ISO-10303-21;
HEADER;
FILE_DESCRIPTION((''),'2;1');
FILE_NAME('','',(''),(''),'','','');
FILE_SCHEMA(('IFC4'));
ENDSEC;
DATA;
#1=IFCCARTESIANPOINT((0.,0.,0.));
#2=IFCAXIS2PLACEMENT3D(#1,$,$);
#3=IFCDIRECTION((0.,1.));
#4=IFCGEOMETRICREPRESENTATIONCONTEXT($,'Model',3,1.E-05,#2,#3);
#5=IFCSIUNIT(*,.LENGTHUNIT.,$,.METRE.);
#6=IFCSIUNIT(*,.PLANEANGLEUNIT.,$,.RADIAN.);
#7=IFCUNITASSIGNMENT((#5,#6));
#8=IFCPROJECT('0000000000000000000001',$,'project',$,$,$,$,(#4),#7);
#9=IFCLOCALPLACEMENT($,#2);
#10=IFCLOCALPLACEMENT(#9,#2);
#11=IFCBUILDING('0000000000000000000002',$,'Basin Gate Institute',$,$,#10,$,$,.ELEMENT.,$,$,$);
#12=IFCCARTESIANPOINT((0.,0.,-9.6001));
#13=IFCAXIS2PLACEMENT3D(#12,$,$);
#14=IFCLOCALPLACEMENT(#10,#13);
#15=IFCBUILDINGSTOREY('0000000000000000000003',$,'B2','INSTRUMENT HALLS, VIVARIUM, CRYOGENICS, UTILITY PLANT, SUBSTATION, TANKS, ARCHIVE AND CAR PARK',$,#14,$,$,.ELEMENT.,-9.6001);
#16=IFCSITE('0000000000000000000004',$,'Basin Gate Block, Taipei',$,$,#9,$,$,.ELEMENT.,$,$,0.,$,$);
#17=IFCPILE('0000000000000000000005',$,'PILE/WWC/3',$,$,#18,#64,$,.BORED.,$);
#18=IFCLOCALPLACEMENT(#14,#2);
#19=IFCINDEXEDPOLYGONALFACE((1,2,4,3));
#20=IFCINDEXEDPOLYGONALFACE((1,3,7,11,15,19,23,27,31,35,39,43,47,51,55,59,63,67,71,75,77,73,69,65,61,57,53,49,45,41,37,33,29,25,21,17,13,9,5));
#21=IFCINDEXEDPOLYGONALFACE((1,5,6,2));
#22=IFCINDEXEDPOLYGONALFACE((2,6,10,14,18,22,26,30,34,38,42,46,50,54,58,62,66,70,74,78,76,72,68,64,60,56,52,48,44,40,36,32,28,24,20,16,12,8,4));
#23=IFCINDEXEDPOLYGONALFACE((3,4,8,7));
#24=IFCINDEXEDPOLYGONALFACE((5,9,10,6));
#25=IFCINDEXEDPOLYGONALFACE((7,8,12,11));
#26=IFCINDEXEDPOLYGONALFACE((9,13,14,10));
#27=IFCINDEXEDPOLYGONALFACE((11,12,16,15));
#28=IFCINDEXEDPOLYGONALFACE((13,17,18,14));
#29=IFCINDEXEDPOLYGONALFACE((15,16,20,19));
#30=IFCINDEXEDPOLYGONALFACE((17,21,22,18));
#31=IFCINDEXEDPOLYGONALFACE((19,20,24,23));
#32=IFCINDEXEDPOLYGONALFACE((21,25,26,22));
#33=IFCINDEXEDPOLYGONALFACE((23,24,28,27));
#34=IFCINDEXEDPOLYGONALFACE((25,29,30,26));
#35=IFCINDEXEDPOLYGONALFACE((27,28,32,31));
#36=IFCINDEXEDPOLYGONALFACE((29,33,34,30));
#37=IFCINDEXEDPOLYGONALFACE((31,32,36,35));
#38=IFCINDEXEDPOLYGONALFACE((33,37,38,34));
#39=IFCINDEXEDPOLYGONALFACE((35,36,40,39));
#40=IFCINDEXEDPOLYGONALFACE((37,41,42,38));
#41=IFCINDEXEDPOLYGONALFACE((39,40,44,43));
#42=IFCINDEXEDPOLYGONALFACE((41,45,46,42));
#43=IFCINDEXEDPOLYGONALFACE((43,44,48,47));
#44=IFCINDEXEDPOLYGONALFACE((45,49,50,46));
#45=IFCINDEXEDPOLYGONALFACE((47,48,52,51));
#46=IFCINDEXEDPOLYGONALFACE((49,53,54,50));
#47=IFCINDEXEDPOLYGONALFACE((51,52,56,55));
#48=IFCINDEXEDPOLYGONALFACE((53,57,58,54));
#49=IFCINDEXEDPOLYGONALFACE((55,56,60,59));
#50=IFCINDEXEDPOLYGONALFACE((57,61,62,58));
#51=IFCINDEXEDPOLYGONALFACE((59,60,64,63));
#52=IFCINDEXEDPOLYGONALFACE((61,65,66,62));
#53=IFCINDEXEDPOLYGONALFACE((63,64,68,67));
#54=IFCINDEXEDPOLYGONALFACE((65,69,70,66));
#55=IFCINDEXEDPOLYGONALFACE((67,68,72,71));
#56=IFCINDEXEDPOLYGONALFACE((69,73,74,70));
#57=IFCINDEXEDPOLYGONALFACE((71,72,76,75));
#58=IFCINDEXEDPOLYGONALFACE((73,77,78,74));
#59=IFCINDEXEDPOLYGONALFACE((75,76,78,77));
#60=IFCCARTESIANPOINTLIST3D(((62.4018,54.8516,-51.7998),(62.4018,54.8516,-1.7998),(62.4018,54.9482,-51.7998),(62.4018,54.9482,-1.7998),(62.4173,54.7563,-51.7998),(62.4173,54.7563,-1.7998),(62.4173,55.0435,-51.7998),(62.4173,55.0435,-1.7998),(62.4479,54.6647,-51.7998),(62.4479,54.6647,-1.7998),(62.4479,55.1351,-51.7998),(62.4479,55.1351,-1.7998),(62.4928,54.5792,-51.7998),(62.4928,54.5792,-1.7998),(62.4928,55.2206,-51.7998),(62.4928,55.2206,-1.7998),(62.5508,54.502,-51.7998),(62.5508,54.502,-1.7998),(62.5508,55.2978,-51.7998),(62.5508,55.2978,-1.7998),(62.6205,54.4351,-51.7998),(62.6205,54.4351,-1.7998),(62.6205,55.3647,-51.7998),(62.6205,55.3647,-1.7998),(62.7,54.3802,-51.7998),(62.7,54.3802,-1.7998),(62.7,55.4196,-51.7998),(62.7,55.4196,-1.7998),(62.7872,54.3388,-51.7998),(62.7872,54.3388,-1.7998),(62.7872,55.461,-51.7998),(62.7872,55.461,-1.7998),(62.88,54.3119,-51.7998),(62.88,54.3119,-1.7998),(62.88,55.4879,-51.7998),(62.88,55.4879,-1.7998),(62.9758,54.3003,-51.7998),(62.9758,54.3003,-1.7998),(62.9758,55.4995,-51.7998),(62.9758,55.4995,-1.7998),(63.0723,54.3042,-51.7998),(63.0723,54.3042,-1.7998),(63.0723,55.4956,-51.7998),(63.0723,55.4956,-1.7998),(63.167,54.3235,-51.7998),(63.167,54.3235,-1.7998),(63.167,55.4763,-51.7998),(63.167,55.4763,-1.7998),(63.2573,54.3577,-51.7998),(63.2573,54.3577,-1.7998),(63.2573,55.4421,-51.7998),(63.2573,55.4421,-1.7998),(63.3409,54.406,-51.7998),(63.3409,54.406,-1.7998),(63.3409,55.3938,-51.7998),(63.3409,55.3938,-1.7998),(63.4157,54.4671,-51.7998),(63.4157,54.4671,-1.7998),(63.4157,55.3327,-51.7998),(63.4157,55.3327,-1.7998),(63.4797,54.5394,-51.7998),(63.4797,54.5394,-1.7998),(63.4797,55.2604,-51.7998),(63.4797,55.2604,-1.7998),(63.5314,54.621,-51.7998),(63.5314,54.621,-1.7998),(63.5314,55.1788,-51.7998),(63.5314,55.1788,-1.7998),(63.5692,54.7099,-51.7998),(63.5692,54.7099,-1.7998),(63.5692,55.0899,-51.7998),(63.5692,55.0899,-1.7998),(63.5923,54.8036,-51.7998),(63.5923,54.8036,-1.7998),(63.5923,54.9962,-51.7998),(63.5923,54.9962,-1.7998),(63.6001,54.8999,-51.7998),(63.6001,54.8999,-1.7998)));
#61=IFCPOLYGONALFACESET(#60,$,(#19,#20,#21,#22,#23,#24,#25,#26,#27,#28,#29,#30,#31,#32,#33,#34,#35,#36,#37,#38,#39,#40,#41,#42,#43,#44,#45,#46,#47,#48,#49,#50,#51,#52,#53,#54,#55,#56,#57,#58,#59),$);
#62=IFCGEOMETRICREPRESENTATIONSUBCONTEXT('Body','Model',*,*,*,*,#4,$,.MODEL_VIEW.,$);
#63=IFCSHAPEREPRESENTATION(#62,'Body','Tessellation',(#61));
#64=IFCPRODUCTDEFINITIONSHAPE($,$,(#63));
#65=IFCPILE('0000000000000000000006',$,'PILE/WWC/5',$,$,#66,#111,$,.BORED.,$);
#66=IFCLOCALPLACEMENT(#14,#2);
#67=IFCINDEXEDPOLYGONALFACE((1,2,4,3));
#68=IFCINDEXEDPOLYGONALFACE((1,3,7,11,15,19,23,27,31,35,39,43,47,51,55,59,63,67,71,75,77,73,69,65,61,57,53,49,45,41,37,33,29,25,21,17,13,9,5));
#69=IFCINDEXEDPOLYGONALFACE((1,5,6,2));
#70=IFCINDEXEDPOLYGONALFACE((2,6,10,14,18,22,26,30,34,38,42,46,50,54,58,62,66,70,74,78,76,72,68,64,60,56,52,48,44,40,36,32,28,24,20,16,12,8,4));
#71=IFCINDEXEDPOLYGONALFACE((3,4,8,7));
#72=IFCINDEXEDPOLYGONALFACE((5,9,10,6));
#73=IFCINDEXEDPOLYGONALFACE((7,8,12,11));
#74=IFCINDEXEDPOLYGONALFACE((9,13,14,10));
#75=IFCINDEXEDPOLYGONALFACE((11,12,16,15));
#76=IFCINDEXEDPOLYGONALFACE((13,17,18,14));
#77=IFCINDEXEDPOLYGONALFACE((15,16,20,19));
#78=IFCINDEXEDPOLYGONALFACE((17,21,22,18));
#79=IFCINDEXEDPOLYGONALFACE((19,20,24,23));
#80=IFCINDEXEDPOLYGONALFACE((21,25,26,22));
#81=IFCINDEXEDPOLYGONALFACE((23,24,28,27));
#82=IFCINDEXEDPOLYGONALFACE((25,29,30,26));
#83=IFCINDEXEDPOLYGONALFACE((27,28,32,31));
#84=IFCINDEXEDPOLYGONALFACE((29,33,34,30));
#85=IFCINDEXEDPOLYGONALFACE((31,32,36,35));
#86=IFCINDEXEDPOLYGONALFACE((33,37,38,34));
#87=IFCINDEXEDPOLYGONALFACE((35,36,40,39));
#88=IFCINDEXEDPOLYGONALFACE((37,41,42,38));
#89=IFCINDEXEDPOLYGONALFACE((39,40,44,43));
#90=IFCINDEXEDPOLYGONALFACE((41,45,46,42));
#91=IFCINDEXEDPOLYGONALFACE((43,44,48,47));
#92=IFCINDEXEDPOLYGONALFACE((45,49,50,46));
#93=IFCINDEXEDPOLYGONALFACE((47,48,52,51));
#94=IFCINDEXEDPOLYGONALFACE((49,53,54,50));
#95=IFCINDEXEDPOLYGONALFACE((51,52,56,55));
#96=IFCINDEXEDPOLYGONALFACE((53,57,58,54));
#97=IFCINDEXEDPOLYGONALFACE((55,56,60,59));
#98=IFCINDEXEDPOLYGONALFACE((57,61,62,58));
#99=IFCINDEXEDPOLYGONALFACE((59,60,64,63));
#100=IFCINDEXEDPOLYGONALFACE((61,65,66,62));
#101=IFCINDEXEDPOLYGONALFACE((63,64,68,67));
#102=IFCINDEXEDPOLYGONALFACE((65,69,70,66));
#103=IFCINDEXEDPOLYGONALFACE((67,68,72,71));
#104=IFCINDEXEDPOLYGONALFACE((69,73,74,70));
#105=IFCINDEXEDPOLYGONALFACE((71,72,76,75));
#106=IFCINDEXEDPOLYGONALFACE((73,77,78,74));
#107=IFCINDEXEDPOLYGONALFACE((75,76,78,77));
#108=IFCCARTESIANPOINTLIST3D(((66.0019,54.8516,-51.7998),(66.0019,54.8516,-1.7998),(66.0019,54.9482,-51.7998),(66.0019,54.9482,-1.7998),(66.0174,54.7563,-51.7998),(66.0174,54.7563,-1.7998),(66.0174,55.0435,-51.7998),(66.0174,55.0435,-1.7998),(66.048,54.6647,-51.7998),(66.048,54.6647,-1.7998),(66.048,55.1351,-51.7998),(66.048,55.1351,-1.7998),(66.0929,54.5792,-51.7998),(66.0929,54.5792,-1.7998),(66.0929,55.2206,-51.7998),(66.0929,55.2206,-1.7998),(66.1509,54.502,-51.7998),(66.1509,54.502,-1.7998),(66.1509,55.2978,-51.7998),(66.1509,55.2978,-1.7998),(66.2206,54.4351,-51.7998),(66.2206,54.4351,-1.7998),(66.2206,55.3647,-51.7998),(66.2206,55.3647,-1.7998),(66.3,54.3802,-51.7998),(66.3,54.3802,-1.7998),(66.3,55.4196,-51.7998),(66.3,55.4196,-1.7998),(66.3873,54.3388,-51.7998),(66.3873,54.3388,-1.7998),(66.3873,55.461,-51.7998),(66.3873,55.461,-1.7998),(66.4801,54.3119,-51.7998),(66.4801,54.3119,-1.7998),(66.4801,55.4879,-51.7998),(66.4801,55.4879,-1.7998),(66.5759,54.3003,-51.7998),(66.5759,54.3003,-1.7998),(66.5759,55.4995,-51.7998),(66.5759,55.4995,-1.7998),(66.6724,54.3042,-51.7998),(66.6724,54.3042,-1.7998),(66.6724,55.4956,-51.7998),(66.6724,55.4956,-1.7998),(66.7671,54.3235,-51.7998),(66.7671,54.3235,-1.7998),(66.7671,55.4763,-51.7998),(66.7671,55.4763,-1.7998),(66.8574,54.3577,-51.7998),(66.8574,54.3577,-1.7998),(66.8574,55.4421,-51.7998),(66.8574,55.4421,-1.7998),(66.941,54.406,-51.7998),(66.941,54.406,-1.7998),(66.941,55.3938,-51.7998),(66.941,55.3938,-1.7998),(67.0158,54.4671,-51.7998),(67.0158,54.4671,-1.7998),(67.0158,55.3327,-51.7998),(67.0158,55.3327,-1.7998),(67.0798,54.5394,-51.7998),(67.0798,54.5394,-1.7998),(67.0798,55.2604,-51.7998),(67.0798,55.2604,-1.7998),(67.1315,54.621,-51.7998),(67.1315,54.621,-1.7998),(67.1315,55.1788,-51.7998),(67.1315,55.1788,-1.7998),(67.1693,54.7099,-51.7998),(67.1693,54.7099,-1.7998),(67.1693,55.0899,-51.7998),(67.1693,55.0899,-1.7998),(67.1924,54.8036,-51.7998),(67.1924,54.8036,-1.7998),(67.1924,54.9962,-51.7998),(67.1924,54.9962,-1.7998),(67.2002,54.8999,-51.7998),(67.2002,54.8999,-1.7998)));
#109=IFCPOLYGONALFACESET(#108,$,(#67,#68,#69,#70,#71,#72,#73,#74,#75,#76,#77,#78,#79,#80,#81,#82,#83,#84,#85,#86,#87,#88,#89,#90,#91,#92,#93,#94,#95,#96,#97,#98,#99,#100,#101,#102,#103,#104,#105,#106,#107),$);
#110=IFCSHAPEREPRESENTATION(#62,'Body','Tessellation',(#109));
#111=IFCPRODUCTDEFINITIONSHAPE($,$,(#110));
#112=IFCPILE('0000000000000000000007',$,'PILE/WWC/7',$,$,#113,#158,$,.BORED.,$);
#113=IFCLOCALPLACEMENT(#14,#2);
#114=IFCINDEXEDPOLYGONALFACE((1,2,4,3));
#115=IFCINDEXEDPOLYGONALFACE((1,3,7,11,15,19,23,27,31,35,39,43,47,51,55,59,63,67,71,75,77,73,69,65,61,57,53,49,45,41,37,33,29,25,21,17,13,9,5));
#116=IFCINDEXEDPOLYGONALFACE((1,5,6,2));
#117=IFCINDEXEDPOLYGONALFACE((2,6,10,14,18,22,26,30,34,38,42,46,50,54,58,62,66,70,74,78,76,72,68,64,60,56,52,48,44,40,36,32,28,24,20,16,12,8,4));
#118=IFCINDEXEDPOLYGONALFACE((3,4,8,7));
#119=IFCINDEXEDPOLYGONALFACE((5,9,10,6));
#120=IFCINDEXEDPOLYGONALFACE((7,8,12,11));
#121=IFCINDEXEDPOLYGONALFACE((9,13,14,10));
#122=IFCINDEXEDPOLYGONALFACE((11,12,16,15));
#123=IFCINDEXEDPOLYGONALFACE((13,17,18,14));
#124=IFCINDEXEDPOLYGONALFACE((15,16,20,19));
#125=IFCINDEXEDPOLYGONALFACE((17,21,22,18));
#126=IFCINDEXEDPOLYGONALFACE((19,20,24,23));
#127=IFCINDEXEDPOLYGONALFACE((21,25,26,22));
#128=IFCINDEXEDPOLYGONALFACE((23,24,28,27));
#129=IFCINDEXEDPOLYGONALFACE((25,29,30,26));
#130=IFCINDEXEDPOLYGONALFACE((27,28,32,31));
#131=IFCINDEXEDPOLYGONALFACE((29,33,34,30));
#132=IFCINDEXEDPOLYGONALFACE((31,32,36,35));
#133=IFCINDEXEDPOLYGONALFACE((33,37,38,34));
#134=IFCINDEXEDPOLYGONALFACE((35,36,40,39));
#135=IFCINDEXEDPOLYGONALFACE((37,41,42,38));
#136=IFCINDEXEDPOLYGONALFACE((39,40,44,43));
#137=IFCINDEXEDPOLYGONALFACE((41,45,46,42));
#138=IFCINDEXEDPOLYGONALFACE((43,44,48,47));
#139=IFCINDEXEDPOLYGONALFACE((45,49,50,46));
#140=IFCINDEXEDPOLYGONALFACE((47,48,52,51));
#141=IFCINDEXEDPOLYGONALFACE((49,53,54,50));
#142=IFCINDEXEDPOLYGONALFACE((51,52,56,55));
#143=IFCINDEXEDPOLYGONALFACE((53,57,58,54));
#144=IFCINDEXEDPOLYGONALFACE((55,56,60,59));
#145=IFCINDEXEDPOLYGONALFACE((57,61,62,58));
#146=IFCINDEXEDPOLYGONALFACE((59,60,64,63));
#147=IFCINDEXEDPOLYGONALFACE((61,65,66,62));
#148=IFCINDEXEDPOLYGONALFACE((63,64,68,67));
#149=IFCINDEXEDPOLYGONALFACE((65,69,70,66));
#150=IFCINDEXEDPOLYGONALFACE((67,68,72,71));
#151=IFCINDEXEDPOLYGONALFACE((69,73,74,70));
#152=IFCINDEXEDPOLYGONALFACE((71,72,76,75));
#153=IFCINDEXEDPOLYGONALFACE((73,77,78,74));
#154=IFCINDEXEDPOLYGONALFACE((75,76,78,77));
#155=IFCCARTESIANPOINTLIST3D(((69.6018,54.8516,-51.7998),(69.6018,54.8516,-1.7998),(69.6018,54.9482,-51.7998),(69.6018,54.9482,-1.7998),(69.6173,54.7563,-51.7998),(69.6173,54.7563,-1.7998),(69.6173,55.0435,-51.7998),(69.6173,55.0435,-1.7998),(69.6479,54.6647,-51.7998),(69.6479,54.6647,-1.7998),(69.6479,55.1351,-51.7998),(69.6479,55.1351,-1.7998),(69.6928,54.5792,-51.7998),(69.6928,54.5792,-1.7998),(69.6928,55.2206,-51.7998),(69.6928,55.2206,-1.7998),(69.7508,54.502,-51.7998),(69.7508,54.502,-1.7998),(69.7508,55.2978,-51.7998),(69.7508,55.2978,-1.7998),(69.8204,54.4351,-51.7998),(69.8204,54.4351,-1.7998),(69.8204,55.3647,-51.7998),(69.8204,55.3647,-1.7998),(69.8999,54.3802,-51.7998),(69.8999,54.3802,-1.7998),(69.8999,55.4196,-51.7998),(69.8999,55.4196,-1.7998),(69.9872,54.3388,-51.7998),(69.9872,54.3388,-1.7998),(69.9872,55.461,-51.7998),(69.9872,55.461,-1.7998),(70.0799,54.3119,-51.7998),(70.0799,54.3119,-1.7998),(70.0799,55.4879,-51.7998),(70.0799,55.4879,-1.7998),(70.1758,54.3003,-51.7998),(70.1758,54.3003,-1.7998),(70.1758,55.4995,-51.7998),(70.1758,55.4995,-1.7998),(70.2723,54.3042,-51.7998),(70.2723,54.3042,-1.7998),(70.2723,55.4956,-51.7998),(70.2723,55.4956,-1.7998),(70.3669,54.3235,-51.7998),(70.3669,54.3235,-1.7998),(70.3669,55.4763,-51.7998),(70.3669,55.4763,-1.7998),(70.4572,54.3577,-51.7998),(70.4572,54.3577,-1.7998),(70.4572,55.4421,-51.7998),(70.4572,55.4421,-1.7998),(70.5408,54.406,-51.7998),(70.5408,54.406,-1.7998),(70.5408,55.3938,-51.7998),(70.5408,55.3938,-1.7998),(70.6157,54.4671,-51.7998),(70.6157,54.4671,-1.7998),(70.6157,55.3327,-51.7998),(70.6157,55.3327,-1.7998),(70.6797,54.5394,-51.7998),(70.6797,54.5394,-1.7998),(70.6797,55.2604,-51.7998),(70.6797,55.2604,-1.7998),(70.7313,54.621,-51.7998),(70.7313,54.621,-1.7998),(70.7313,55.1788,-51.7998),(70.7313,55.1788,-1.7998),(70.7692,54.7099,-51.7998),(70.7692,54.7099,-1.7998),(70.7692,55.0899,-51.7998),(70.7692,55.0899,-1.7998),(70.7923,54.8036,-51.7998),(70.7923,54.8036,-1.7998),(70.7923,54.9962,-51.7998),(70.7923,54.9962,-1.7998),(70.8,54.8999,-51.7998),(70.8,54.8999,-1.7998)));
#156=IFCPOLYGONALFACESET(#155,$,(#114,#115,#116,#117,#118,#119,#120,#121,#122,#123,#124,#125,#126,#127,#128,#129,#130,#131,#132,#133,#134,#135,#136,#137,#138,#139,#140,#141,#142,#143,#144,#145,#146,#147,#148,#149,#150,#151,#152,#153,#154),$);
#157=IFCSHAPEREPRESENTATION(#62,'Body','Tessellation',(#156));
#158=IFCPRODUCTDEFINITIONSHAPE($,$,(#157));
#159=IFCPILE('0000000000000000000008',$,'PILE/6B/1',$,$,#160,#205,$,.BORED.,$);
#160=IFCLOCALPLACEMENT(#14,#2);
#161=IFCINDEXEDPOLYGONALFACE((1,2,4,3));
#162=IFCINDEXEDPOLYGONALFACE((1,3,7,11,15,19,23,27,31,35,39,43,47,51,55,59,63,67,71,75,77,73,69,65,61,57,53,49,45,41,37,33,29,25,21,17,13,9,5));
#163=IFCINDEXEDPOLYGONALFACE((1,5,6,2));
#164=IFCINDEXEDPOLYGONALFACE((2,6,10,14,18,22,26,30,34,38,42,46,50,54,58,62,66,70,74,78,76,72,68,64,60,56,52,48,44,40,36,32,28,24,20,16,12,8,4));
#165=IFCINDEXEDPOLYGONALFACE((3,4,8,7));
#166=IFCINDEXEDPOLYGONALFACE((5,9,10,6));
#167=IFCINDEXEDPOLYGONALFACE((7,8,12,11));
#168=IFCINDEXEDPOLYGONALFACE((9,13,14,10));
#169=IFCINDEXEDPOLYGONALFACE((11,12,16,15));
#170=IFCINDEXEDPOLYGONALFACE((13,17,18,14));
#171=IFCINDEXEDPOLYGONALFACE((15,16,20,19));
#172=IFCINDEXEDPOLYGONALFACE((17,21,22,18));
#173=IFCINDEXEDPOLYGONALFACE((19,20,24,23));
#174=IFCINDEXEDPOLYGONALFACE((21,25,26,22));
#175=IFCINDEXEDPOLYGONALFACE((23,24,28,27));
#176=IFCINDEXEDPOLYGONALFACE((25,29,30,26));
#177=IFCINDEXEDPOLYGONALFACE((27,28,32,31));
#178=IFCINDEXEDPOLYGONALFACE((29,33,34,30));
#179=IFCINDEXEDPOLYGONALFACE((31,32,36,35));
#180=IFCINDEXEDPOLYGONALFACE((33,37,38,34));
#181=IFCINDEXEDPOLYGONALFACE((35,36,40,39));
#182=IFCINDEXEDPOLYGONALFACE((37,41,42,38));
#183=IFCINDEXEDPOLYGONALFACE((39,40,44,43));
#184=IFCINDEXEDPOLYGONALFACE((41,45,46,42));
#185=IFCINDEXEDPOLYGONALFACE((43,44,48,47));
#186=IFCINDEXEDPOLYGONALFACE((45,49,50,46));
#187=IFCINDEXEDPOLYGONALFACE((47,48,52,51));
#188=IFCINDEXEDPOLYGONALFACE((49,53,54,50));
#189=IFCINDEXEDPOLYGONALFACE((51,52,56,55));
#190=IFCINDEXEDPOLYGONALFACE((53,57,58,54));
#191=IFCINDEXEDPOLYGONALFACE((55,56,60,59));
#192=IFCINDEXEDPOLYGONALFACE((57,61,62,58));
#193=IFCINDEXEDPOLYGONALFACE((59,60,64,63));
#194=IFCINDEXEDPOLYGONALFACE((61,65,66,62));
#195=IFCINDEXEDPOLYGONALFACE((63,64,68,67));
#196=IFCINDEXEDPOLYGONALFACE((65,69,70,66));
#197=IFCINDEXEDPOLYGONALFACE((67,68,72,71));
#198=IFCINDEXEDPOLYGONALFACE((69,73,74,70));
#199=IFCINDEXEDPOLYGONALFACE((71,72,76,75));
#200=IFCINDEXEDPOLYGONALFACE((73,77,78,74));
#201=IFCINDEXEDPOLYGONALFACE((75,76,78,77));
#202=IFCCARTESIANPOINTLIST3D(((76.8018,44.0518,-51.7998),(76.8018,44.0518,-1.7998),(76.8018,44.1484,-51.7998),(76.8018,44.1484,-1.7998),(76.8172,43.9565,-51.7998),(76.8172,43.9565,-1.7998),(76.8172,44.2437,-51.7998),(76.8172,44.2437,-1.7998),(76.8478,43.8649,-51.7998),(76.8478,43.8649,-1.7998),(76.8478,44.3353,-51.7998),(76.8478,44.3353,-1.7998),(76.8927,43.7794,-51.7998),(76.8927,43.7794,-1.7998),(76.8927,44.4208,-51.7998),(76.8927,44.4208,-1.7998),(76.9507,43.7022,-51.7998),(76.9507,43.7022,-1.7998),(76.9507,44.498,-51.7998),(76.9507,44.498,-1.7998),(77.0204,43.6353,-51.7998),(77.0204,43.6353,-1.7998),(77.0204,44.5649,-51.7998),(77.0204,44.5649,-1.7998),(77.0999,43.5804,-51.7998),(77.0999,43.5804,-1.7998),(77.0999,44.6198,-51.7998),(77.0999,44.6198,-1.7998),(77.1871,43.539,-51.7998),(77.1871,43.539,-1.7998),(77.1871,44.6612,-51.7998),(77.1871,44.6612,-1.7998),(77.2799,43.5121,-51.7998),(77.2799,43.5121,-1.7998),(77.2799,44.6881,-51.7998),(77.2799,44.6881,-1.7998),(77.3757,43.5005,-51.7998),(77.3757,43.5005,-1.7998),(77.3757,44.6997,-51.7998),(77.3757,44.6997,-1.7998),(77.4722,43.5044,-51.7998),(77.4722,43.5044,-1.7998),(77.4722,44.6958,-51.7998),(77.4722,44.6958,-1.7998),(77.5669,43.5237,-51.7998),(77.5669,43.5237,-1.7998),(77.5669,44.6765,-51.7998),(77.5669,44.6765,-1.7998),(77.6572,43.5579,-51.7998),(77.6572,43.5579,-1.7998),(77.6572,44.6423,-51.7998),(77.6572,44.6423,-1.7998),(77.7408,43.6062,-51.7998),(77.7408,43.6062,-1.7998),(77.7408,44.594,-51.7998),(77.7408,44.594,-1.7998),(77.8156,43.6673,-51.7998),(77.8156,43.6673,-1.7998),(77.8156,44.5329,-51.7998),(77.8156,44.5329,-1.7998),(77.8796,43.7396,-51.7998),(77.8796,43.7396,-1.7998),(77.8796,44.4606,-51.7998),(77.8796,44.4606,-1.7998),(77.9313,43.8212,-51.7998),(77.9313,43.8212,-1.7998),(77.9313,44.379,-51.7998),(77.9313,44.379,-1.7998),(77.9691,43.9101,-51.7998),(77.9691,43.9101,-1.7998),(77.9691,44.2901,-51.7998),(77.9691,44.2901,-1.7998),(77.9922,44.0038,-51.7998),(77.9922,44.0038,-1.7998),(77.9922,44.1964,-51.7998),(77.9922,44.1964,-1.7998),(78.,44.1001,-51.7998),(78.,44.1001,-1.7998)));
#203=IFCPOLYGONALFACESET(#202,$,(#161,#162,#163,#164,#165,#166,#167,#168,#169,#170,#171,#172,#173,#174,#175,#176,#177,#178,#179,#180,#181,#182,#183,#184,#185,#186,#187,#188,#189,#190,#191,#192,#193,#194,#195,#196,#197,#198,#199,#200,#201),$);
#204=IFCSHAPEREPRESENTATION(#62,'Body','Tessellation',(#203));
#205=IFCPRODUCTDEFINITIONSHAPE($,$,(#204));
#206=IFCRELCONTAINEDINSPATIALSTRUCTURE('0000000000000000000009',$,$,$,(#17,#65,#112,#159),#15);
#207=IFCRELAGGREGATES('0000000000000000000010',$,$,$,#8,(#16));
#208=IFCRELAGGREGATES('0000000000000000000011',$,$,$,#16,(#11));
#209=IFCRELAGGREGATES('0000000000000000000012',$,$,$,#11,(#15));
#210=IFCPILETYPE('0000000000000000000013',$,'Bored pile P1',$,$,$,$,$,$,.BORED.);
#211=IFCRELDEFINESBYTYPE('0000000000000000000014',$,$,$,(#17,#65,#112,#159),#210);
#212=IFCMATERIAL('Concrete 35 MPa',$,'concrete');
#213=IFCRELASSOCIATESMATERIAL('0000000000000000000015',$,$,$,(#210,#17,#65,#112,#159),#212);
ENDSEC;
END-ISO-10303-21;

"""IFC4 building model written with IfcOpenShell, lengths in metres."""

from ifc_helpers import new_model, si_unit, direction, frame, origin, origin_2d, place, context, subcontext, project, spatial, circle, extrude, material, material_profile, profile_set, type_object, element, save


model = new_model("IFC4")

# Units and contexts
model_context = context("Model", 3, precision=1e-05, world=origin(), true_north=direction((0.0, 1.0)))
body_context = subcontext(model_context, "Body", "Model", "MODEL_VIEW")
ifc_project = project(units=[si_unit("LENGTHUNIT", "METRE"), si_unit("PLANEANGLEUNIT", "RADIAN")], contexts=[model_context])

# Site, building, storey
site_placement = place(None, origin())
site = spatial("IfcSite", under=ifc_project, at=site_placement, Name="Basin Gate Block, Taipei", CompositionType="ELEMENT", RefElevation=0.0)
building_placement = place(site_placement, origin())
building = spatial("IfcBuilding", under=site, at=building_placement, Name="Basin Gate Institute", CompositionType="ELEMENT")
storey_placement = place(building_placement, frame((0.0, 0.0, -9.6001)))
storey = spatial("IfcBuildingStorey", under=building, at=storey_placement, Name="B2", Description="INSTRUMENT HALLS, VIVARIUM, CRYOGENICS, UTILITY PLANT, SUBSTATION, TANKS, ARCHIVE AND CAR PARK", CompositionType="ELEMENT", Elevation=-9.6001)

# Piles
ifc_material_1 = material(Name="Concrete 35 MPa", Category="concrete")
ifc_material_profile_1 = material_profile(ifc_material_1, circle(Radius=0.6001, at=origin_2d()), Name="Bored pile P1 1200 dia")
ifc_profile_set_1 = profile_set([ifc_material_profile_1], Name="Concrete 35 MPa")
pile_type = type_object("IfcPileType", Name="Bored pile P1", PredefinedType="BORED", material=ifc_profile_set_1)
for number, where, z_axis, x_axis, name in (
    (1, (63.0, 54.8999, -1.7998), (0.0, 0.0, -1.0), (1.0, 0.0, 0.0), "PILE/WWC/3"),
    (2, (66.6001, 54.8999, -1.7998), (0.0, 0.0, -1.0), (1.0, 0.0, 0.0), "PILE/WWC/5"),
    (3, (70.2, 54.8999, -1.7998), (0.0, 0.0, -1.0), (1.0, 0.0, 0.0), "PILE/WWC/7"),
    (4, (77.3999, 44.1001, -1.7998), (0.0, 0.0, -1.0), (1.0, 0.0, 0.0), "PILE/6B/1"),
):
    element("IfcPile", number, at=place(storey_placement, frame(where, z_axis=z_axis, x_axis=x_axis)), inside=storey, type_object=pile_type, material=ifc_profile_set_1, Name=name, PredefinedType="BORED", context=body_context, shape_type="SweptSolid", body=[
        extrude(circle(Radius=0.6001, at=origin_2d()), origin(), (0.0, 0.0, 1.0), 50.0),
    ])

save(model, "model.ifc")
